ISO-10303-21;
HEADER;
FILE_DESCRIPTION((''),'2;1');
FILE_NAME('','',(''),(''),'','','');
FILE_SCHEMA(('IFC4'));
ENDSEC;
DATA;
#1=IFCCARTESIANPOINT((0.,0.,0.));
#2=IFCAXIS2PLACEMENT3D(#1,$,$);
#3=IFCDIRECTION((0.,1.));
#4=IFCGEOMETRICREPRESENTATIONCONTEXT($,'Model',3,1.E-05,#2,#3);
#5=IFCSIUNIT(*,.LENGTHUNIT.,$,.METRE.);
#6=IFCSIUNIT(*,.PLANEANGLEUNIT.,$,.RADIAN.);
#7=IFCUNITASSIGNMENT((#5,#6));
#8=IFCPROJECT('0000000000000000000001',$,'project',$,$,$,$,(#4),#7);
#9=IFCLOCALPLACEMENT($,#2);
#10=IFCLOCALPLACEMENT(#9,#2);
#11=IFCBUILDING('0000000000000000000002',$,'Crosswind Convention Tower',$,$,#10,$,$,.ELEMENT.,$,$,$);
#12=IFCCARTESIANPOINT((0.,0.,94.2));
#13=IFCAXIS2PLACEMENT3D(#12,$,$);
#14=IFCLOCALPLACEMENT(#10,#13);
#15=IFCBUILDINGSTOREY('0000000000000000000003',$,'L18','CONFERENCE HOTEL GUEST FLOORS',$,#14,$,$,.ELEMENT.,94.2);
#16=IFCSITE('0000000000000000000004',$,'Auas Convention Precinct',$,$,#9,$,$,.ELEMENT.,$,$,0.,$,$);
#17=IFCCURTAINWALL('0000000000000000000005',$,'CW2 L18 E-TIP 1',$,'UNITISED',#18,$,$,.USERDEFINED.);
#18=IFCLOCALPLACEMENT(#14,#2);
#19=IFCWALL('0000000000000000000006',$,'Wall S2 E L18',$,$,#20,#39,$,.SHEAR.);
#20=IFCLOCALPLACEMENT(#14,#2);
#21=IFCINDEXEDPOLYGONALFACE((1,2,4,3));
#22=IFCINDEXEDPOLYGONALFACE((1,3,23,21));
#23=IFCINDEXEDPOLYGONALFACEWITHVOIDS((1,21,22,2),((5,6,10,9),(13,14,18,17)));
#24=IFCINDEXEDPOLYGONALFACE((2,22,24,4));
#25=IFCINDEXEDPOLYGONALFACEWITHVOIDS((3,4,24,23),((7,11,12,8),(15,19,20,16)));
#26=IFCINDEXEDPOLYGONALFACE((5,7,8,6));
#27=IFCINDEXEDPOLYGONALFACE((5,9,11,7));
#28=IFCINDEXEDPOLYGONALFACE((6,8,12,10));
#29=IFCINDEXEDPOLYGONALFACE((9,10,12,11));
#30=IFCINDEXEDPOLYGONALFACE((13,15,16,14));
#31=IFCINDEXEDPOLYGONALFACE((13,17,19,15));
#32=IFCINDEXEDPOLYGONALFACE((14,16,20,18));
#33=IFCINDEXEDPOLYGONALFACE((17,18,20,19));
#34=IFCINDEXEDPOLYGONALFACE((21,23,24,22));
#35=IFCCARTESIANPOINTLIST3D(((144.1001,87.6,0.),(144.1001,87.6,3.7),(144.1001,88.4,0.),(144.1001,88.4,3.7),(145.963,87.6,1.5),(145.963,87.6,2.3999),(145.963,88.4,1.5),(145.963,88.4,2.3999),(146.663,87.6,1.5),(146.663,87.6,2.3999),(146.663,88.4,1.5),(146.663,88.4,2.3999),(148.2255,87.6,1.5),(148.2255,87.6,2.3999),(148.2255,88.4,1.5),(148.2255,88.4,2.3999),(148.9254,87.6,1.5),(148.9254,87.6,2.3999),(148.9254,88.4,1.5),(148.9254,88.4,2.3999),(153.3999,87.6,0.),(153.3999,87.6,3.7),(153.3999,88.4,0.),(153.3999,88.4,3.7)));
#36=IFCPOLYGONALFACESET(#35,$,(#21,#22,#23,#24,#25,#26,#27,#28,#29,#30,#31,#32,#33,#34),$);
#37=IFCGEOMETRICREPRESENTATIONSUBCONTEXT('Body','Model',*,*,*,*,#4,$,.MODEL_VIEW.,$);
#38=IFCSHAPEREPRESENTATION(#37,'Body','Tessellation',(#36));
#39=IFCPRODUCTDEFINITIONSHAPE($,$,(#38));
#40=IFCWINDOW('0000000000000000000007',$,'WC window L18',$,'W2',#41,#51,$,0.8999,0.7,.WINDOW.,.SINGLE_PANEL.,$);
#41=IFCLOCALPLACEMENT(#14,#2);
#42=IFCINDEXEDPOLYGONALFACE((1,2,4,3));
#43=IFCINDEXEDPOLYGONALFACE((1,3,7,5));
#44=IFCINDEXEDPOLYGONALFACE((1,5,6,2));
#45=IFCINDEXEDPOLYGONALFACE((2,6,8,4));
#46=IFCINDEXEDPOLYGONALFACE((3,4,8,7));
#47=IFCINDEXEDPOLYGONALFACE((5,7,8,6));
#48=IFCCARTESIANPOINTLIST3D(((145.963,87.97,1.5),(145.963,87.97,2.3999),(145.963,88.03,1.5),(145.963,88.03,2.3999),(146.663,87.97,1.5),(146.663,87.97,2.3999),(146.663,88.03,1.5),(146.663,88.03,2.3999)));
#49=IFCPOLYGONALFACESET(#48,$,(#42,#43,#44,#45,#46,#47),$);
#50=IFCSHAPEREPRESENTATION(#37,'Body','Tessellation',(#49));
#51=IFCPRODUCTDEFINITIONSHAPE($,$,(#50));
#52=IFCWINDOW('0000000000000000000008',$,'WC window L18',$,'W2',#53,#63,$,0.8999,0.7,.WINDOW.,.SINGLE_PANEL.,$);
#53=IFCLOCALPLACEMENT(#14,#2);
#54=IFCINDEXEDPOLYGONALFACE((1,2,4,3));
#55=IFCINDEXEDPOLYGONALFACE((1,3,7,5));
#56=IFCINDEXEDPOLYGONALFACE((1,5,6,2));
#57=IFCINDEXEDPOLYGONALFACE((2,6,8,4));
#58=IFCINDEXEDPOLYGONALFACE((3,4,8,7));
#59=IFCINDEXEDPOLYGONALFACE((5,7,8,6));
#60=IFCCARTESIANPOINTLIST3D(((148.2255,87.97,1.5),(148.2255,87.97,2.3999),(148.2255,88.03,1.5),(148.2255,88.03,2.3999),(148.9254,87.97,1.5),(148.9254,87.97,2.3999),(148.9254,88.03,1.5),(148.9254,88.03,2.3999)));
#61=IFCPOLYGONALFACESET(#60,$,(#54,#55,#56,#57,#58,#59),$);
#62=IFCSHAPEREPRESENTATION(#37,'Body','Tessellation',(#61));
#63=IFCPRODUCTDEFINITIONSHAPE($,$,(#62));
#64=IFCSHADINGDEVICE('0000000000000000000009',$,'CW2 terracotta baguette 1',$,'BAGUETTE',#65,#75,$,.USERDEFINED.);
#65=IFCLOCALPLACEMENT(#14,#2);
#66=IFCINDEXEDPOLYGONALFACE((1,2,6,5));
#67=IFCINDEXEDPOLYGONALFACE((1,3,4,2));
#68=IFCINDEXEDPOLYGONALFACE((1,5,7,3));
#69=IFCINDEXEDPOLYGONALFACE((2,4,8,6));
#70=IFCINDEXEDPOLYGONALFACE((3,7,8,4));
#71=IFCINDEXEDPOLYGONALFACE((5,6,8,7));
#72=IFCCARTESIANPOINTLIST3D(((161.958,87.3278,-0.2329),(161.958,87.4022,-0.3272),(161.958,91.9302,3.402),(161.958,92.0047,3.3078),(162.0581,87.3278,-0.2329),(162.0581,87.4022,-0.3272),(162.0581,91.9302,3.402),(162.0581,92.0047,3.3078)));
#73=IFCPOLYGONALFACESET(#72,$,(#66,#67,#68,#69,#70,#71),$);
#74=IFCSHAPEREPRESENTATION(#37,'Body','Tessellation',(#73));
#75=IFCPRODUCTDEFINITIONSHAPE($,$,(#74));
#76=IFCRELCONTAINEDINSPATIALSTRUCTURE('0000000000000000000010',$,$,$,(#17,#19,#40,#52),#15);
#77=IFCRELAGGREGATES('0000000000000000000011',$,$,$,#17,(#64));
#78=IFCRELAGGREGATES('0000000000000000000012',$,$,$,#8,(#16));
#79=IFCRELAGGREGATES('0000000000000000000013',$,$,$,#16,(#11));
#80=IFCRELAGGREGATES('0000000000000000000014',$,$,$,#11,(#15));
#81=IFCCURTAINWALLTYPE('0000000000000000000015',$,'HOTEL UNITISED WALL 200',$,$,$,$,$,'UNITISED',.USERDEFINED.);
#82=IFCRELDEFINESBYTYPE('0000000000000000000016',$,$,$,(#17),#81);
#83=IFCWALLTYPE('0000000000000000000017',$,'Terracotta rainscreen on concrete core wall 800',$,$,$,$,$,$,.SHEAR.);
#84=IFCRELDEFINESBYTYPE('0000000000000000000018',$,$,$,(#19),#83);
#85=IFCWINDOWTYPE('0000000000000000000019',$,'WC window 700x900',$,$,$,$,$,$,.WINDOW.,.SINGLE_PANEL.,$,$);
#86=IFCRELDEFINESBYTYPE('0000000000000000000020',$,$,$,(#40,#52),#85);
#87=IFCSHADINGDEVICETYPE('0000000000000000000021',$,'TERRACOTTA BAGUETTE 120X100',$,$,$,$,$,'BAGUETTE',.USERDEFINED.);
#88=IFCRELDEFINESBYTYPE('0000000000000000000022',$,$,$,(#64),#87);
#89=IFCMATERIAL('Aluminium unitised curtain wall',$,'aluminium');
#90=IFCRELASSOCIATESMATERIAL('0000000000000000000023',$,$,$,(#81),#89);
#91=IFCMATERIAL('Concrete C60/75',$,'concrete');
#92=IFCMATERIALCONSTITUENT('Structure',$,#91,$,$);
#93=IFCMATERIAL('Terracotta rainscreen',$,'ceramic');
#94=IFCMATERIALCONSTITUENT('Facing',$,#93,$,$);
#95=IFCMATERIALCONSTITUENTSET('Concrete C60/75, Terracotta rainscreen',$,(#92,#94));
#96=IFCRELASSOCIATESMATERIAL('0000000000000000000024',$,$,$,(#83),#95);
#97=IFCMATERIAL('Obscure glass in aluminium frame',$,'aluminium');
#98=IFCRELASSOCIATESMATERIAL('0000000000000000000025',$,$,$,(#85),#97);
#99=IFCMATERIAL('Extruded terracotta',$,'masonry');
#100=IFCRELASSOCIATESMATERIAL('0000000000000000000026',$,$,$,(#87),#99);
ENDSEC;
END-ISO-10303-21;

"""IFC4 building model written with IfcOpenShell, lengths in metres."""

from ifc_helpers import new_model, si_unit, direction, frame, frame_2d, origin, origin_2d, place, context, subcontext, project, spatial, rectangle, extrude, material, constituent, constituent_set, material_profile, profile_set, type_object, element, fill, aggregate, save


model = new_model("IFC4")

# Units and contexts
model_context = context("Model", 3, precision=1e-05, world=origin(), true_north=direction((0.0, 1.0)))
body_context = subcontext(model_context, "Body", "Model", "MODEL_VIEW")
ifc_project = project(units=[si_unit("LENGTHUNIT", "METRE"), si_unit("PLANEANGLEUNIT", "RADIAN")], contexts=[model_context])

# Site, building, storey
site_placement = place(None, origin())
site = spatial("IfcSite", under=ifc_project, at=site_placement, Name="Auas Convention Precinct", CompositionType="ELEMENT", RefElevation=0.0)
building_placement = place(site_placement, origin())
building = spatial("IfcBuilding", under=site, at=building_placement, Name="Crosswind Convention Tower", CompositionType="ELEMENT")
storey_placement = place(building_placement, frame((0.0, 0.0, 94.2)))
storey = spatial("IfcBuildingStorey", under=building, at=storey_placement, Name="L18", Description="CONFERENCE HOTEL GUEST FLOORS", CompositionType="ELEMENT", Elevation=94.2)

# Shared definitions
ifc_material_1 = material(Name="Concrete C60/75", Category="concrete")

# Shared definitions
ifc_material_2 = material(Name="Aluminium unitised curtain wall", Category="aluminium")

# Curtain wall
curtain_wall_type_1 = type_object("IfcCurtainWallType", Name="HOTEL UNITISED WALL 200", ElementType="UNITISED", PredefinedType="USERDEFINED", material=ifc_material_2)
curtain_wall_1_placement = place(storey_placement, origin())
curtain_wall_1 = element("IfcCurtainWall", 1, at=curtain_wall_1_placement, inside=storey, type_object=curtain_wall_type_1, Name="CW2 L18 E-TIP 1", ObjectType="UNITISED", PredefinedType="USERDEFINED")

# Wall, openings, windows
ifc_constituent_1 = constituent(ifc_material_1, Name="Structure")
ifc_material_3 = material(Name="Terracotta rainscreen", Category="ceramic")
ifc_constituent_2 = constituent(ifc_material_3, Name="Facing")
ifc_constituent_set = constituent_set(constituents=[ifc_constituent_1, ifc_constituent_2], Name="Concrete C60/75, Terracotta rainscreen")
wall_type_1 = type_object("IfcWallType", Name="Terracotta rainscreen on concrete core wall 800", PredefinedType="SHEAR", material=ifc_constituent_set)
wall_1_placement = place(storey_placement, frame((144.1001, 88.0, 0.0), z_axis=(0.0, 0.0, 1.0), x_axis=(1.0, 0.0, 0.0)))
wall_1 = element("IfcWall", 2, at=wall_1_placement, inside=storey, type_object=wall_type_1, Name="Wall S2 E L18", PredefinedType="SHEAR", context=body_context, shape_type="SweptSolid", body=[
    extrude(rectangle(XDim=9.2998, YDim=0.8, at=frame_2d((4.6499, 0.0))), origin(), (0.0, 0.0, 1.0), 3.7),
])
opening_1_placement = place(wall_1_placement, frame((1.8628, 0.0, 1.5)))
opening_1 = element("IfcOpeningElement", 3, at=opening_1_placement, cuts=wall_1, PredefinedType="OPENING", context=body_context, shape_type="SweptSolid", body=[
    extrude(rectangle(XDim=0.7, YDim=0.8999, at=frame_2d((0.3501, 0.45))), frame((0.0, 0.4099, 0.0), z_axis=(0.0, -1.0, 0.0), x_axis=(1.0, 0.0, 0.0)), (0.0, 0.0, 1.0), 0.8201),
])
opening_2_placement = place(wall_1_placement, frame((4.1252, 0.0, 1.5)))
opening_2 = element("IfcOpeningElement", 4, at=opening_2_placement, cuts=wall_1, PredefinedType="OPENING", context=body_context, shape_type="SweptSolid", body=[
    extrude(rectangle(XDim=0.7, YDim=0.8999, at=frame_2d((0.3501, 0.45))), frame((0.0, 0.4099, 0.0), z_axis=(0.0, -1.0, 0.0), x_axis=(1.0, 0.0, 0.0)), (0.0, 0.0, 1.0), 0.8201),
])
ifc_material_4 = material(Name="Obscure glass in aluminium frame", Category="aluminium")
window_type = type_object("IfcWindowType", Name="WC window 700x900", PartitioningType="SINGLE_PANEL", PredefinedType="WINDOW", material=ifc_material_4)
window_1_placement = place(opening_1_placement, origin())
window_1 = element("IfcWindow", 5, at=window_1_placement, inside=storey, type_object=window_type, Name="WC window L18", ObjectType="W2", OverallHeight=0.8999, OverallWidth=0.7, PartitioningType="SINGLE_PANEL", PredefinedType="WINDOW", context=body_context, shape_type="SweptSolid", body=[
    extrude(rectangle(XDim=0.7, YDim=0.8999, at=frame_2d((0.3501, 0.45))), frame((0.0, 0.03, 0.0), z_axis=(0.0, -1.0, 0.0), x_axis=(1.0, 0.0, 0.0)), (0.0, 0.0, 1.0), 0.0601),
])
fill(opening_1, window_1)
window_2_placement = place(opening_2_placement, origin())
window_2 = element("IfcWindow", 6, at=window_2_placement, inside=storey, type_object=window_type, Name="WC window L18", ObjectType="W2", OverallHeight=0.8999, OverallWidth=0.7, PartitioningType="SINGLE_PANEL", PredefinedType="WINDOW", context=body_context, shape_type="SweptSolid", body=[
    extrude(rectangle(XDim=0.7, YDim=0.8999, at=frame_2d((0.3501, 0.45))), frame((0.0, 0.03, 0.0), z_axis=(0.0, -1.0, 0.0), x_axis=(1.0, 0.0, 0.0)), (0.0, 0.0, 1.0), 0.0601),
])
fill(opening_2, window_2)

# Shading device
ifc_material_5 = material(Name="Extruded terracotta", Category="masonry")
ifc_material_profile_1 = material_profile(ifc_material_5, rectangle(XDim=0.1001, YDim=0.1201, at=origin_2d()), Name="TC 100X120")
ifc_profile_set_1 = profile_set([ifc_material_profile_1], Name="Extruded terracotta")
shading_device_type = type_object("IfcShadingDeviceType", Name="TERRACOTTA BAGUETTE 120X100", ElementType="BAGUETTE", PredefinedType="USERDEFINED", material=ifc_profile_set_1)
shading_device_placement = place(storey_placement, frame((162.0081, 87.365, -0.28), z_axis=(0.0, 0.784764, 0.619794), x_axis=(-1.0, 0.0, 0.0)))
shading_device = element("IfcShadingDevice", 7, at=shading_device_placement, type_object=shading_device_type, Name="CW2 terracotta baguette 1", ObjectType="BAGUETTE", PredefinedType="USERDEFINED", context=body_context, shape_type="SweptSolid", body=[
    extrude(rectangle(XDim=0.1001, YDim=0.1201, at=origin_2d()), origin(), (0.0, 0.0, 1.0), 5.8647),
])
aggregate(curtain_wall_1, [shading_device])

save(model, "model.ifc")
